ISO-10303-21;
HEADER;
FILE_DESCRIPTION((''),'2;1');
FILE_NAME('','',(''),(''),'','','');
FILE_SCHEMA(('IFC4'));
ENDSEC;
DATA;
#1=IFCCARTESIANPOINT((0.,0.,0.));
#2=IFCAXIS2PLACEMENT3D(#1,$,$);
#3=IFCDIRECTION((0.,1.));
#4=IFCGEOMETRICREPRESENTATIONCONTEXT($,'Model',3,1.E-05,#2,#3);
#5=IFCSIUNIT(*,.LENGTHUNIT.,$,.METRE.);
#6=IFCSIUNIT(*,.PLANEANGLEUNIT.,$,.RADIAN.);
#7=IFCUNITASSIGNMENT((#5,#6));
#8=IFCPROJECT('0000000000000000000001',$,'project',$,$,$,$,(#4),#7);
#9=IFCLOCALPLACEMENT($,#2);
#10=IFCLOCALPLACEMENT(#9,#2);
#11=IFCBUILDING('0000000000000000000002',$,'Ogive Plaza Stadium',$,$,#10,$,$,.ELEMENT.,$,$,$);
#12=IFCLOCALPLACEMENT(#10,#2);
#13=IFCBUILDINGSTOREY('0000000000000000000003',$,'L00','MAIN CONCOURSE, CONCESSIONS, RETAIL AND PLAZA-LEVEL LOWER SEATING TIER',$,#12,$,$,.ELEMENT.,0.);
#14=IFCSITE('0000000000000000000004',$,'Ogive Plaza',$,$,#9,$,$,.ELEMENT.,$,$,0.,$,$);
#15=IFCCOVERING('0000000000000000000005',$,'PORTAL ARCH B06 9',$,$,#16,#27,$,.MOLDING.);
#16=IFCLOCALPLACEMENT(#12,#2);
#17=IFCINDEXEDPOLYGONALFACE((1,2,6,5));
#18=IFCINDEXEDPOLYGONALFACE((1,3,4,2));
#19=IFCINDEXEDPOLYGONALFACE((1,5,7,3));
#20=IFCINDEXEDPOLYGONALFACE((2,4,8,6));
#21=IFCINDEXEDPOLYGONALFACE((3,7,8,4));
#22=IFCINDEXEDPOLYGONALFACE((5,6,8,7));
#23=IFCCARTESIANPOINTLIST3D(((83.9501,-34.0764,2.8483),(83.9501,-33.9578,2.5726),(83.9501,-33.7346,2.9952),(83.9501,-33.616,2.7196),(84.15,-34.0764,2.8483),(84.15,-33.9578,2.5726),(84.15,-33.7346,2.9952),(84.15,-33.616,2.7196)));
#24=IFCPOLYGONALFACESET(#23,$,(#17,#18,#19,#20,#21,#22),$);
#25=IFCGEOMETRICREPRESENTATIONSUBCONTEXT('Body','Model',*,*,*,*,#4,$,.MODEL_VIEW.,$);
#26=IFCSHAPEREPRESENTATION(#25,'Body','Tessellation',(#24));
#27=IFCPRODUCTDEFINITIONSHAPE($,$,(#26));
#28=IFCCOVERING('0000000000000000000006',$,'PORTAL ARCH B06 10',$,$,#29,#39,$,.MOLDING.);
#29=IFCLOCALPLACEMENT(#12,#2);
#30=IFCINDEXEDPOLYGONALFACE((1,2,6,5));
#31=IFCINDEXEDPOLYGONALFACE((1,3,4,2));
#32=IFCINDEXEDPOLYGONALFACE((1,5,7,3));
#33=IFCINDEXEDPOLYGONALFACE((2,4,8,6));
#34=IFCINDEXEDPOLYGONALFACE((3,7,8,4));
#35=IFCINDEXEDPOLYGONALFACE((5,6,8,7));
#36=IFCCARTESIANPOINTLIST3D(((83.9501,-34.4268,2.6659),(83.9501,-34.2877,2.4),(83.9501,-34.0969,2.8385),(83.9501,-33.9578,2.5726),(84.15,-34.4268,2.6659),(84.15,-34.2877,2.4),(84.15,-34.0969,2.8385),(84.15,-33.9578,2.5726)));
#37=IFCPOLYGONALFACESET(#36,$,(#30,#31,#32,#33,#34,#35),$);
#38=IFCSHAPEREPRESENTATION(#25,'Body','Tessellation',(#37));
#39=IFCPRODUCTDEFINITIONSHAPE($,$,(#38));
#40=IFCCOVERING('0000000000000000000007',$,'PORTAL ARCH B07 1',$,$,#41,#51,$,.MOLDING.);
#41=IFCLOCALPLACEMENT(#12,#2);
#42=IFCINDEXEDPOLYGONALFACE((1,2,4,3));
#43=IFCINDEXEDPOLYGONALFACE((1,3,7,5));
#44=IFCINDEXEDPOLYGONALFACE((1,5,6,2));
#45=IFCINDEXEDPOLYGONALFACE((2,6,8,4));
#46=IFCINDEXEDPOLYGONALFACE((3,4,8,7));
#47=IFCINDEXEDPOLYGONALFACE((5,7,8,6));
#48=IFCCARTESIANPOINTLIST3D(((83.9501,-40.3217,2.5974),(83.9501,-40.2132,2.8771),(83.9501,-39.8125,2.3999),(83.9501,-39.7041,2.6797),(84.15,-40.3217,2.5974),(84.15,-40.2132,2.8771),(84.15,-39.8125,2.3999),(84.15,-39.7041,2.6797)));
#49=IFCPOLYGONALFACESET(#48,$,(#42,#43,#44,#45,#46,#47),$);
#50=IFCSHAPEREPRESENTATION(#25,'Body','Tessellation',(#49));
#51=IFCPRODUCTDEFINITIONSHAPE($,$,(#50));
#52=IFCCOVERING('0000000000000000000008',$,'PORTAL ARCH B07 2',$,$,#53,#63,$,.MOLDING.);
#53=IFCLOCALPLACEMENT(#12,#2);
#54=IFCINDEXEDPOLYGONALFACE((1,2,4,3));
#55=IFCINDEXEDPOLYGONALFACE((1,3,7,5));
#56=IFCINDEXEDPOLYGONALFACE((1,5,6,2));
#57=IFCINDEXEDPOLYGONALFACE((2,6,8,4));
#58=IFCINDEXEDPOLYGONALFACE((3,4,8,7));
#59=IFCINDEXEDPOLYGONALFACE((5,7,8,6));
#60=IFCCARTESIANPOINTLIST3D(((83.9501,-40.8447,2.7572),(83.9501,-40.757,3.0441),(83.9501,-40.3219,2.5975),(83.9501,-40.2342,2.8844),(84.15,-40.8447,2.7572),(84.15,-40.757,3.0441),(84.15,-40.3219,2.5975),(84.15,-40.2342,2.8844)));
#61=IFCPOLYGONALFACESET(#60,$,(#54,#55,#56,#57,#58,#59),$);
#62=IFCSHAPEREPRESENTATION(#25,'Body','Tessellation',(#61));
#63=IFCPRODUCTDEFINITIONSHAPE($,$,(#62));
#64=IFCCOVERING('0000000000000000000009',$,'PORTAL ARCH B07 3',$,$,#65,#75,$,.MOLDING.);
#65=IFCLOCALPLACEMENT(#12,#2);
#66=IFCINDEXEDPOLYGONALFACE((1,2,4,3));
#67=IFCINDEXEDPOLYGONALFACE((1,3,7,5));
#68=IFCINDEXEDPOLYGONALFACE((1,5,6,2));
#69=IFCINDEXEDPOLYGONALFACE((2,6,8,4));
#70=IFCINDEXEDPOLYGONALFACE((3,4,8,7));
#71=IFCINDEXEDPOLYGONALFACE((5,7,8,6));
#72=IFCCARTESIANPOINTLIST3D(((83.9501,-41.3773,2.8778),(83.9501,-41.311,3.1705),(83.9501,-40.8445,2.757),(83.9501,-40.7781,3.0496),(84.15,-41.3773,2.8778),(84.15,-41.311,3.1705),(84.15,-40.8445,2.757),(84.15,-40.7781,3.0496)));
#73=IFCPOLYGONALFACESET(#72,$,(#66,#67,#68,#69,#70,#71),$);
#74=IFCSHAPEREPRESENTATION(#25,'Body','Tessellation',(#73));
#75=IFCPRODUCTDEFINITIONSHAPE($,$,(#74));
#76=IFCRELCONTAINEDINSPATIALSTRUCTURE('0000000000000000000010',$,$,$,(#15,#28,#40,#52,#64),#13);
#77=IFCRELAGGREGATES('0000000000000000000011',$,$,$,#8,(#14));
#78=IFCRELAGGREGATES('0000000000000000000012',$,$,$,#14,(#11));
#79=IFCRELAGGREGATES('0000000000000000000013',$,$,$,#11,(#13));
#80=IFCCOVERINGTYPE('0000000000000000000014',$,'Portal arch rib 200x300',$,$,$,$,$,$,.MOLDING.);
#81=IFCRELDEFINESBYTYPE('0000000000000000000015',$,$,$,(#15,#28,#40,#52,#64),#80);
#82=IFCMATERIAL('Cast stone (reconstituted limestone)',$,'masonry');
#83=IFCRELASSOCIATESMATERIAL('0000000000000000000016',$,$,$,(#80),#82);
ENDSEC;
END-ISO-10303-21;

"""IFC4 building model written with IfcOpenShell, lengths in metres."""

from ifc_helpers import new_model, si_unit, direction, frame, origin, origin_2d, place, context, subcontext, project, spatial, rectangle, extrude, material, material_profile, profile_set, type_object, element, save


model = new_model("IFC4")

# Units and contexts
model_context = context("Model", 3, precision=1e-05, world=origin(), true_north=direction((0.0, 1.0)))
body_context = subcontext(model_context, "Body", "Model", "MODEL_VIEW")
ifc_project = project(units=[si_unit("LENGTHUNIT", "METRE"), si_unit("PLANEANGLEUNIT", "RADIAN")], contexts=[model_context])

# Site, building, storey
site_placement = place(None, origin())
site = spatial("IfcSite", under=ifc_project, at=site_placement, Name="Ogive Plaza", CompositionType="ELEMENT", RefElevation=0.0)
building_placement = place(site_placement, origin())
building = spatial("IfcBuilding", under=site, at=building_placement, Name="Ogive Plaza Stadium", CompositionType="ELEMENT")
storey_placement = place(building_placement, origin())
storey = spatial("IfcBuildingStorey", under=building, at=storey_placement, Name="L00", Description="MAIN CONCOURSE, CONCESSIONS, RETAIL AND PLAZA-LEVEL LOWER SEATING TIER", CompositionType="ELEMENT", Elevation=0.0)

# Coverings
ifc_material_1 = material(Name="Cast stone (reconstituted limestone)", Category="masonry")
ifc_material_profile_1 = material_profile(ifc_material_1, rectangle(XDim=0.2, YDim=0.3, at=origin_2d()), Name="Cast stone 200x300")
ifc_profile_set_1 = profile_set([ifc_material_profile_1], Name="Cast stone (reconstituted limestone)")
covering_type_1 = type_object("IfcCoveringType", Name="Portal arch rib 200x300", PredefinedType="MOLDING", material=ifc_profile_set_1)
for number, where, z_axis, x_axis, name in (
    (1, (84.05, -33.6753, 2.8574), (0.0, -0.918669, -0.395028), (1.0, 0.0, 0.0), "PORTAL ARCH B06 9"),
):
    element("IfcCovering", number, at=place(storey_placement, frame(where, z_axis=z_axis, x_axis=x_axis)), inside=storey, type_object=covering_type_1, Name=name, PredefinedType="MOLDING", context=body_context, shape_type="SweptSolid", body=[
        extrude(rectangle(XDim=0.2, YDim=0.3, at=origin_2d()), origin(), (0.0, 0.0, 1.0), 0.3721),
    ])
covering_1_placement = place(storey_placement, frame((84.05, -34.0273, 2.7056), z_axis=(0.0, -0.886011, -0.463664), x_axis=(1.0, 0.0, 0.0)))
element("IfcCovering", 2, at=covering_1_placement, inside=storey, type_object=covering_type_1, Name="PORTAL ARCH B06 10", PredefinedType="MOLDING", context=body_context, shape_type="SweptSolid", body=[
    extrude(rectangle(XDim=0.2, YDim=0.3, at=origin_2d()), origin(), (0.0, 0.0, 1.0), 0.3723),
])
covering_2_placement = place(storey_placement, frame((84.05, -39.7583, 2.5398), z_axis=(0.0, -0.93234, 0.361583), x_axis=(1.0, 0.0, 0.0)))
element("IfcCovering", 3, at=covering_2_placement, inside=storey, type_object=covering_type_1, Name="PORTAL ARCH B07 1", PredefinedType="MOLDING", context=body_context, shape_type="SweptSolid", body=[
    extrude(rectangle(XDim=0.2, YDim=0.3, at=origin_2d()), origin(), (0.0, 0.0, 1.0), 0.5461),
])
covering_3_placement = place(storey_placement, frame((84.05, -40.2781, 2.741), z_axis=(0.0, -0.956376, 0.292139), x_axis=(1.0, 0.0, 0.0)))
element("IfcCovering", 4, at=covering_3_placement, inside=storey, type_object=covering_type_1, Name="PORTAL ARCH B07 2", PredefinedType="MOLDING", context=body_context, shape_type="SweptSolid", body=[
    extrude(rectangle(XDim=0.2, YDim=0.3, at=origin_2d()), origin(), (0.0, 0.0, 1.0), 0.5466),
])
covering_4_placement = place(storey_placement, frame((84.05, -40.8113, 2.9033), z_axis=(0.0, -0.975242, 0.221138), x_axis=(1.0, 0.0, 0.0)))
element("IfcCovering", 5, at=covering_4_placement, inside=storey, type_object=covering_type_1, Name="PORTAL ARCH B07 3", PredefinedType="MOLDING", context=body_context, shape_type="SweptSolid", body=[
    extrude(rectangle(XDim=0.2, YDim=0.3, at=origin_2d()), origin(), (0.0, 0.0, 1.0), 0.5464),
])

save(model, "model.ifc")
